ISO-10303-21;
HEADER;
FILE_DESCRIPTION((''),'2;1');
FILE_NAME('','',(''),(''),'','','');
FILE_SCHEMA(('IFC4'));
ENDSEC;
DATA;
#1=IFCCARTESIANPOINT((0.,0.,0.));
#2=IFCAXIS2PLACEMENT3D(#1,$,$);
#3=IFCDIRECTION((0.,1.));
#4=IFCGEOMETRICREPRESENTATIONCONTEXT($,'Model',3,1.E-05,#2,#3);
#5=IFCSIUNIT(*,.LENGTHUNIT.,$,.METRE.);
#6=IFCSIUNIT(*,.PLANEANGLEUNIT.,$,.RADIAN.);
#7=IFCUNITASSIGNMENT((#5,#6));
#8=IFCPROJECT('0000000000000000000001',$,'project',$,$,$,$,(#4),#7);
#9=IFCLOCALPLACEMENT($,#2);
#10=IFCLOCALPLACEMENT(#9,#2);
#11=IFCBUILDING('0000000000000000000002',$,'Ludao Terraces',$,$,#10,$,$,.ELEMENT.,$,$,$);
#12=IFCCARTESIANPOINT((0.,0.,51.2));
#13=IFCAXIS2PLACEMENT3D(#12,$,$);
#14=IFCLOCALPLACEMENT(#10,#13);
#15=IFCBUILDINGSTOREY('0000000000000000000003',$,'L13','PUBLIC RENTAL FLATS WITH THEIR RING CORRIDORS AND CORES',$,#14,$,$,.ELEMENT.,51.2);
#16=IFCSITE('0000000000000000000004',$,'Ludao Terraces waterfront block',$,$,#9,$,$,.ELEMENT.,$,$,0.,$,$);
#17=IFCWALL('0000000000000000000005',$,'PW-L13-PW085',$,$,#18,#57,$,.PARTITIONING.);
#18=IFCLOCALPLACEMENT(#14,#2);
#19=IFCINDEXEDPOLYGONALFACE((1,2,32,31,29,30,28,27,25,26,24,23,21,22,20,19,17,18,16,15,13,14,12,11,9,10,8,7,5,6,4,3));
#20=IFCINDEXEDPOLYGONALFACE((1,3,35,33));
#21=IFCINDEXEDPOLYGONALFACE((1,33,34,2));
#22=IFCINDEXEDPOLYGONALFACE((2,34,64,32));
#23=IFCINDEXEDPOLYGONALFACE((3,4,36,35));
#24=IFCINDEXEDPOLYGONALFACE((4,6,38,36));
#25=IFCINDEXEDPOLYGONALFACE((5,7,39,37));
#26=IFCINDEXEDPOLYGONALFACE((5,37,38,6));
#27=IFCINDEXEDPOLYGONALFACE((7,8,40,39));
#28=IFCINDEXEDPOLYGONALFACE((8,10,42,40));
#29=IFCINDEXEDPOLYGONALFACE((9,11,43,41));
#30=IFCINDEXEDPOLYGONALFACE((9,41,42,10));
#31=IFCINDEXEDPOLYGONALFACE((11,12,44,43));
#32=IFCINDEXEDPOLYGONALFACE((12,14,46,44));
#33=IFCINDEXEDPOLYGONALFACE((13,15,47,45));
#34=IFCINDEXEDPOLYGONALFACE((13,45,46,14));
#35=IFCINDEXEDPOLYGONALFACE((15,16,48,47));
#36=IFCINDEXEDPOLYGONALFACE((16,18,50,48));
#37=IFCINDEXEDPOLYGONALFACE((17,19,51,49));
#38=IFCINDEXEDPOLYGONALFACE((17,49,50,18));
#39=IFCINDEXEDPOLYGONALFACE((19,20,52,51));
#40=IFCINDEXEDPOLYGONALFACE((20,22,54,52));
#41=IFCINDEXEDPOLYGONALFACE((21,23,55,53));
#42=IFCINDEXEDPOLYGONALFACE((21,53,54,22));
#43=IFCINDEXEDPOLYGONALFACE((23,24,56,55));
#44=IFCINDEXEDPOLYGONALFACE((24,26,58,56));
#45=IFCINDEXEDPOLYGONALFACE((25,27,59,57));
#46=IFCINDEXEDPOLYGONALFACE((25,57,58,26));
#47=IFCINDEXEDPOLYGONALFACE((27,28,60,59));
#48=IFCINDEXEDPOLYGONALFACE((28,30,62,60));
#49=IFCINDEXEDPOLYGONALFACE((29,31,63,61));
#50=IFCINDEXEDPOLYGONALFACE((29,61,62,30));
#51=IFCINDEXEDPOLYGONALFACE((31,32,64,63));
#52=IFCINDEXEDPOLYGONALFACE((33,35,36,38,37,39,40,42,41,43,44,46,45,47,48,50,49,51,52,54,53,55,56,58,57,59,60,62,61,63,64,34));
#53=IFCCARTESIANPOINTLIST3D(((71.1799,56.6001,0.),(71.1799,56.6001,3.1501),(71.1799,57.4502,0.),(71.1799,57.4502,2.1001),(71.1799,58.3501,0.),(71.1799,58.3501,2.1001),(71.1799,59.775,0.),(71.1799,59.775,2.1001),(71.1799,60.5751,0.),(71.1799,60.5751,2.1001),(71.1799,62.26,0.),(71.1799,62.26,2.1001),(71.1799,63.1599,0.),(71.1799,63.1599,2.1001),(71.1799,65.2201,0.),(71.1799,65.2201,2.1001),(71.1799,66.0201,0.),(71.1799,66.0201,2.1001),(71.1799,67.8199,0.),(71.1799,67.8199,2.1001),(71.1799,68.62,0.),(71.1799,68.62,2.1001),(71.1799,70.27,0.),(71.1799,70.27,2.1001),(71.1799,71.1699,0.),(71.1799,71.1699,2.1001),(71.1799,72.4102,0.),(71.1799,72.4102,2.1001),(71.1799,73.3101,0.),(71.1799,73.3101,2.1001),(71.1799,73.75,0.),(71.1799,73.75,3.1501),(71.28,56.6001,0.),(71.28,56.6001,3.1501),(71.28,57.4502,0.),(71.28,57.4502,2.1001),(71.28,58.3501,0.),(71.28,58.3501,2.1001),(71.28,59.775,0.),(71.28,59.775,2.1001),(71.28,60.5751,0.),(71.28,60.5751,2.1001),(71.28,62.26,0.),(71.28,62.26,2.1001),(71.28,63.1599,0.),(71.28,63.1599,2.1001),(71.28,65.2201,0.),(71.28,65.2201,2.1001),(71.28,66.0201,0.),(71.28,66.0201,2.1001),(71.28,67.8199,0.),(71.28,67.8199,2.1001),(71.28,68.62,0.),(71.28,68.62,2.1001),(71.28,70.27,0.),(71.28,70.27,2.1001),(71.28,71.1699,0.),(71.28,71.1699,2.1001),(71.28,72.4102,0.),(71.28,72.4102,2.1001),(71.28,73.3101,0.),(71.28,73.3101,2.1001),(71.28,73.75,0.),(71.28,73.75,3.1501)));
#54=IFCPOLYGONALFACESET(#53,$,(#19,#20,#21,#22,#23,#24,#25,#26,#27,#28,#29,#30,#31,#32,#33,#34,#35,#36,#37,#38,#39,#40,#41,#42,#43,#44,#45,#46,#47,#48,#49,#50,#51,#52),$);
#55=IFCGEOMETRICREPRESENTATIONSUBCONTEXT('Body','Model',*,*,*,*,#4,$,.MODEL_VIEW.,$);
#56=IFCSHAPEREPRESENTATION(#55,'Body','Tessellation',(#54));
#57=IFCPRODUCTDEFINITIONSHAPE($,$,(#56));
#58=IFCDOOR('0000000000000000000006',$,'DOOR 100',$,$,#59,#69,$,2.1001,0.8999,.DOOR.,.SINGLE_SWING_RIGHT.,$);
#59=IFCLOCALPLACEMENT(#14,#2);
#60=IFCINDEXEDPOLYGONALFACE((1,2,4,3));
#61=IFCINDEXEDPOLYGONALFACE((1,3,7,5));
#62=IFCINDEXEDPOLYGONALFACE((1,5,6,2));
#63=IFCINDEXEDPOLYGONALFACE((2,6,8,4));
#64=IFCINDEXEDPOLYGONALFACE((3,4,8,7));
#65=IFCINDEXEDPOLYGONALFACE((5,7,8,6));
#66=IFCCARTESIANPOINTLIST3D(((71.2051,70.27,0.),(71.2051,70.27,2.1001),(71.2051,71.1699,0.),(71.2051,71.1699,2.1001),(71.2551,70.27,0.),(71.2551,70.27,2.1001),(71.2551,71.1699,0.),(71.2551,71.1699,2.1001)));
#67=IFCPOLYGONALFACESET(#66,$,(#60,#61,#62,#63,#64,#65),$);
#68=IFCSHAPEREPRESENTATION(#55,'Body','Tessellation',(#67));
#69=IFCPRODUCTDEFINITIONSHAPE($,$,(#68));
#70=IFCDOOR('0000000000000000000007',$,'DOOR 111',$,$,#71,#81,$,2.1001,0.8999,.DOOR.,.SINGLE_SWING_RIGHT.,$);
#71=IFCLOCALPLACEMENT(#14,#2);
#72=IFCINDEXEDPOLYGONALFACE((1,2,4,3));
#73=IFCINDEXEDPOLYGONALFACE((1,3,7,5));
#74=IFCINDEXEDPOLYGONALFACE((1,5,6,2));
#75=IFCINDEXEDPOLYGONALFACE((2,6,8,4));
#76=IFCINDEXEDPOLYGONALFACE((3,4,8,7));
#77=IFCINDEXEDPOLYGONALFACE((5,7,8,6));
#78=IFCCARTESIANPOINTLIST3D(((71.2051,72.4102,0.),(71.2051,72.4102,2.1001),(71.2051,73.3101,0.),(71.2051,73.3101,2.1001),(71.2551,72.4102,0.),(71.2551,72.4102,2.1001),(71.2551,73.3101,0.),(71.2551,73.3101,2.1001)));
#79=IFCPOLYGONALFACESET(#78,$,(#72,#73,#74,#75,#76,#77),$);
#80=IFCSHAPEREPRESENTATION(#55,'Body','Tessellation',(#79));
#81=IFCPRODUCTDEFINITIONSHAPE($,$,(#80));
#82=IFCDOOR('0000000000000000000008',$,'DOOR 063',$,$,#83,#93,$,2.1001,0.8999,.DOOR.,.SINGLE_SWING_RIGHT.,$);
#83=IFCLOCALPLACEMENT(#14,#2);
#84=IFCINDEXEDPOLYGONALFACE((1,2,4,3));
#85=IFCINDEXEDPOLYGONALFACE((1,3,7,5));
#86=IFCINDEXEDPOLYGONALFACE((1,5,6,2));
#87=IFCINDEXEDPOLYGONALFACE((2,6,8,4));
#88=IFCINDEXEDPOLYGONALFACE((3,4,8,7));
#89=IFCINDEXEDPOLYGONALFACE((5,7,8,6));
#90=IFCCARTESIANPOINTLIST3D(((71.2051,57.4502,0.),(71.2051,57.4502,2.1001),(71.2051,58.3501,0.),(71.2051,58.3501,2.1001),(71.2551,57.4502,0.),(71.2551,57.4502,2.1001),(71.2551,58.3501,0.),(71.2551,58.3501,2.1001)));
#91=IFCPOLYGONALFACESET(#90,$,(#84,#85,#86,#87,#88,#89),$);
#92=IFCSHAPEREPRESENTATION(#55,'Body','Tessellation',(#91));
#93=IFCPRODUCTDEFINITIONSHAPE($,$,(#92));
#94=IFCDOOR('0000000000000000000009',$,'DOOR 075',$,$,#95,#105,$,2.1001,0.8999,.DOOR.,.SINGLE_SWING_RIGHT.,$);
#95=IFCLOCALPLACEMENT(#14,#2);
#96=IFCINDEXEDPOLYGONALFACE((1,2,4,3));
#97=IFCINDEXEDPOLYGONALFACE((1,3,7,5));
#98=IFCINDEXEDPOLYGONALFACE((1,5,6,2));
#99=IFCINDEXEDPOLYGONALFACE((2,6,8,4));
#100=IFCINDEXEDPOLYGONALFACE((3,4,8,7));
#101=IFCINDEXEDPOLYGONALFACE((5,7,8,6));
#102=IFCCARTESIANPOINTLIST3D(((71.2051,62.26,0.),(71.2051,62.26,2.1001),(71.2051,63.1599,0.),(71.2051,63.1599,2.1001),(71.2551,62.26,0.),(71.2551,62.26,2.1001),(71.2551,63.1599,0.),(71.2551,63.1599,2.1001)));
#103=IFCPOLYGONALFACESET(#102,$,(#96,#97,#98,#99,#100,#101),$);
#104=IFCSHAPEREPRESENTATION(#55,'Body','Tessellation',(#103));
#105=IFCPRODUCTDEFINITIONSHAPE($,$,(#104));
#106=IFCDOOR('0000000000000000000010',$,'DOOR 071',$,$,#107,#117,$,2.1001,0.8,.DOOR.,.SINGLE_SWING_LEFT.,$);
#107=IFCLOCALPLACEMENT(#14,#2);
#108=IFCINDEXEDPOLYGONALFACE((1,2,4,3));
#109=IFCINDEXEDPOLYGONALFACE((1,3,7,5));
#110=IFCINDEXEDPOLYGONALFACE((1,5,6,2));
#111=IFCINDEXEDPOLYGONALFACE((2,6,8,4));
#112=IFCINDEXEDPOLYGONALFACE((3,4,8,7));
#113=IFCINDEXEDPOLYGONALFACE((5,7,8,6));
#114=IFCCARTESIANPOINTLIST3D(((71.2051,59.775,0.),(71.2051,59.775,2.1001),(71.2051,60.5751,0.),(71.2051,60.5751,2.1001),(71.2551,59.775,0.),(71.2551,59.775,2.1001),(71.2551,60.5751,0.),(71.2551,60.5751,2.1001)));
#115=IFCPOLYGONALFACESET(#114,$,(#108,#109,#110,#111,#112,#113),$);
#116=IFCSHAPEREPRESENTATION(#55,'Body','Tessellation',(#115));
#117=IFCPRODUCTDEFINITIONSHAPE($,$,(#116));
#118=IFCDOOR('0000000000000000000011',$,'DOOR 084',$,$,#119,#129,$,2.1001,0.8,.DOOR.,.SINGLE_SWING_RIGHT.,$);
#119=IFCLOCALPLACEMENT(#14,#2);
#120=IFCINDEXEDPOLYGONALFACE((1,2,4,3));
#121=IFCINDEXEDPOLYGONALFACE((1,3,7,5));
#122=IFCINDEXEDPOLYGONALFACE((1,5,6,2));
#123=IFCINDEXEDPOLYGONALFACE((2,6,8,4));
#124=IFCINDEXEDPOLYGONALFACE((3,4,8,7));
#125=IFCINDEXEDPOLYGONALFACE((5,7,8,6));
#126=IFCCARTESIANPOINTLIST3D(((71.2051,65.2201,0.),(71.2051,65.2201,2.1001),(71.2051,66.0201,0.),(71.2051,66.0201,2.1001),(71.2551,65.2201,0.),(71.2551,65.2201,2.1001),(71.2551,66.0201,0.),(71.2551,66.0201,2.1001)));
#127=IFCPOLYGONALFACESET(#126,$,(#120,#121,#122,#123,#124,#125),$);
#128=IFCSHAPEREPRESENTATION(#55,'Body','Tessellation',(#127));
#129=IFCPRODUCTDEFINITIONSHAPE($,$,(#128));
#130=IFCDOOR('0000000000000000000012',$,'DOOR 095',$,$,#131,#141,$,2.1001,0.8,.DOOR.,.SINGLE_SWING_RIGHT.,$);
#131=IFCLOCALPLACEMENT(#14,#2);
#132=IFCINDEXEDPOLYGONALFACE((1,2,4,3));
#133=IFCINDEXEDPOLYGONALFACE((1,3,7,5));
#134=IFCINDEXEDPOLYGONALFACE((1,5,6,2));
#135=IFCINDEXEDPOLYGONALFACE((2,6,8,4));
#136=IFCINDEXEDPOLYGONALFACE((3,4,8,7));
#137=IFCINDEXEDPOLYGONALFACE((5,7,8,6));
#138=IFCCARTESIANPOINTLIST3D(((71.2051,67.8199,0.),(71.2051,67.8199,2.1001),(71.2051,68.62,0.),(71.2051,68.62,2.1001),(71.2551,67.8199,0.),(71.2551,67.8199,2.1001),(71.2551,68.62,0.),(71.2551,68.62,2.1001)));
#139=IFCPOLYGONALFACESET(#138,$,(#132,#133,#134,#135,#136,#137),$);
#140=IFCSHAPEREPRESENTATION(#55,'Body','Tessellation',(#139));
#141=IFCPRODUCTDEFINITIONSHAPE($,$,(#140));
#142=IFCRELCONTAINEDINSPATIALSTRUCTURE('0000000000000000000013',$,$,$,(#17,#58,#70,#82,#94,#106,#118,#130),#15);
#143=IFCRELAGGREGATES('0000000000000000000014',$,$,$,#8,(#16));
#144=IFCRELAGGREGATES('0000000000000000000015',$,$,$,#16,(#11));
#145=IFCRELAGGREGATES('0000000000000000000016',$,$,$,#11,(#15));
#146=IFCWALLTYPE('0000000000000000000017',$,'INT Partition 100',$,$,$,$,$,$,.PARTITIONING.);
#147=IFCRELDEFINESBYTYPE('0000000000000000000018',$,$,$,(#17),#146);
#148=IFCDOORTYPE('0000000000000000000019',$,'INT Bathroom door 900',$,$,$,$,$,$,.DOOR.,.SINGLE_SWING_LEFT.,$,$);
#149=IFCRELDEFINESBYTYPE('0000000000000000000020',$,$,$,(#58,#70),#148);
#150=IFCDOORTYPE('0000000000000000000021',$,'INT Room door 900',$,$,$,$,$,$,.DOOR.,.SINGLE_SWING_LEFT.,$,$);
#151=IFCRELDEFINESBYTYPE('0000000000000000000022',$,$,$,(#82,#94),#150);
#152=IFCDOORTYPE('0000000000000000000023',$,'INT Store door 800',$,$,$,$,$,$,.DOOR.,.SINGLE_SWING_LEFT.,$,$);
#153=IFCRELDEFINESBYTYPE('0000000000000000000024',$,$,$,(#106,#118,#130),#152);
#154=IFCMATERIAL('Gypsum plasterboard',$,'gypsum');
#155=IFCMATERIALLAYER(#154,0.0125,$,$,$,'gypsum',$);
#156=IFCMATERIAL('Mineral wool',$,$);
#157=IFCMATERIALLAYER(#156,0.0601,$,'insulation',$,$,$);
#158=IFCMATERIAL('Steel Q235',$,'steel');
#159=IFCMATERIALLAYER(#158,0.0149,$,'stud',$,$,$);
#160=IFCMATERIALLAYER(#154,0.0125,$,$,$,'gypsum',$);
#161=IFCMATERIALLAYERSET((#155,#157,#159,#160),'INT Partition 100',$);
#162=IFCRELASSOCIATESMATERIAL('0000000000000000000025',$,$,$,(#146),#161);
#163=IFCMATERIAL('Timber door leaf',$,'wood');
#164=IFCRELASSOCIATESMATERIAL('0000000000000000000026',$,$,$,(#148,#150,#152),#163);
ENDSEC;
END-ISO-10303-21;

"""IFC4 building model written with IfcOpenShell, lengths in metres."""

from ifc_helpers import new_model, si_unit, direction, frame, frame_2d, origin, place, context, subcontext, project, spatial, rectangle, extrude, material, layer, layer_set, type_object, element, fill, save


model = new_model("IFC4")

# Units and contexts
model_context = context("Model", 3, precision=1e-05, world=origin(), true_north=direction((0.0, 1.0)))
body_context = subcontext(model_context, "Body", "Model", "MODEL_VIEW")
ifc_project = project(units=[si_unit("LENGTHUNIT", "METRE"), si_unit("PLANEANGLEUNIT", "RADIAN")], contexts=[model_context])

# Site, building, storey
site_placement = place(None, origin())
site = spatial("IfcSite", under=ifc_project, at=site_placement, Name="Ludao Terraces waterfront block", CompositionType="ELEMENT", RefElevation=0.0)
building_placement = place(site_placement, origin())
building = spatial("IfcBuilding", under=site, at=building_placement, Name="Ludao Terraces", CompositionType="ELEMENT")
storey_placement = place(building_placement, frame((0.0, 0.0, 51.2)))
storey = spatial("IfcBuildingStorey", under=building, at=storey_placement, Name="L13", Description="PUBLIC RENTAL FLATS WITH THEIR RING CORRIDORS AND CORES", CompositionType="ELEMENT", Elevation=51.2)

# Shared definitions
ifc_material_1 = material(Name="Gypsum plasterboard", Category="gypsum")
ifc_layer_1 = layer(ifc_material_1, 0.0125, Category="gypsum")
ifc_material_2 = material(Name="Mineral wool")
ifc_layer_2 = layer(ifc_material_2, 0.0601, Name="insulation")
ifc_material_3 = material(Name="Steel Q235", Category="steel")
ifc_layer_3 = layer(ifc_material_3, 0.0149, Name="stud")
ifc_layer_4 = layer(ifc_material_1, 0.0125, Category="gypsum")
ifc_layer_set = layer_set([ifc_layer_1, ifc_layer_2, ifc_layer_3, ifc_layer_4], Name="INT Partition 100")
wall_type = type_object("IfcWallType", Name="INT Partition 100", PredefinedType="PARTITIONING", material=ifc_layer_set)

# Wall, openings, doors
wall_placement = place(storey_placement, frame((71.23, 56.6001, 0.0), z_axis=(0.0, 0.0, 1.0), x_axis=(0.0, 1.0, 0.0)))
wall = element("IfcWall", 1, at=wall_placement, inside=storey, type_object=wall_type, Name="PW-L13-PW085", PredefinedType="PARTITIONING", context=body_context, shape_type="SweptSolid", body=[
    extrude(rectangle(XDim=17.1499, YDim=0.1001, at=frame_2d((8.575, 0.0))), origin(), (0.0, 0.0, 1.0), 3.1501),
])
opening_1_placement = place(wall_placement, frame((0.8501, 0.0, 0.0)))
opening_1 = element("IfcOpeningElement", 2, at=opening_1_placement, cuts=wall, PredefinedType="OPENING", context=body_context, shape_type="SweptSolid", body=[
    extrude(rectangle(XDim=0.8999, YDim=2.1001, at=frame_2d((0.45, 1.05))), frame((0.0, 0.0601, 0.0), z_axis=(0.0, -1.0, 0.0), x_axis=(1.0, 0.0, 0.0)), (0.0, 0.0, 1.0), 0.1201),
])
opening_2_placement = place(wall_placement, frame((3.175, 0.0, 0.0)))
opening_2 = element("IfcOpeningElement", 3, at=opening_2_placement, cuts=wall, PredefinedType="OPENING", context=body_context, shape_type="SweptSolid", body=[
    extrude(rectangle(XDim=0.8, YDim=2.1001, at=frame_2d((0.3999, 1.05))), frame((0.0, 0.0601, 0.0), z_axis=(0.0, -1.0, 0.0), x_axis=(1.0, 0.0, 0.0)), (0.0, 0.0, 1.0), 0.1201),
])
opening_3_placement = place(wall_placement, frame((5.6599, 0.0, 0.0)))
opening_3 = element("IfcOpeningElement", 4, at=opening_3_placement, cuts=wall, PredefinedType="OPENING", context=body_context, shape_type="SweptSolid", body=[
    extrude(rectangle(XDim=0.8999, YDim=2.1001, at=frame_2d((0.45, 1.05))), frame((0.0, 0.0601, 0.0), z_axis=(0.0, -1.0, 0.0), x_axis=(1.0, 0.0, 0.0)), (0.0, 0.0, 1.0), 0.1201),
])
opening_4_placement = place(wall_placement, frame((8.6201, 0.0, 0.0)))
opening_4 = element("IfcOpeningElement", 5, at=opening_4_placement, cuts=wall, PredefinedType="OPENING", context=body_context, shape_type="SweptSolid", body=[
    extrude(rectangle(XDim=0.8, YDim=2.1001, at=frame_2d((0.3999, 1.05))), frame((0.0, 0.0601, 0.0), z_axis=(0.0, -1.0, 0.0), x_axis=(1.0, 0.0, 0.0)), (0.0, 0.0, 1.0), 0.1201),
])
opening_5_placement = place(wall_placement, frame((11.22, 0.0, 0.0)))
opening_5 = element("IfcOpeningElement", 6, at=opening_5_placement, cuts=wall, PredefinedType="OPENING", context=body_context, shape_type="SweptSolid", body=[
    extrude(rectangle(XDim=0.8, YDim=2.1001, at=frame_2d((0.3999, 1.05))), frame((0.0, 0.0601, 0.0), z_axis=(0.0, -1.0, 0.0), x_axis=(1.0, 0.0, 0.0)), (0.0, 0.0, 1.0), 0.1201),
])
opening_6_placement = place(wall_placement, frame((13.6699, 0.0, 0.0)))
opening_6 = element("IfcOpeningElement", 7, at=opening_6_placement, cuts=wall, PredefinedType="OPENING", context=body_context, shape_type="SweptSolid", body=[
    extrude(rectangle(XDim=0.8999, YDim=2.1001, at=frame_2d((0.45, 1.05))), frame((0.0, 0.0601, 0.0), z_axis=(0.0, -1.0, 0.0), x_axis=(1.0, 0.0, 0.0)), (0.0, 0.0, 1.0), 0.1201),
])
opening_7_placement = place(wall_placement, frame((15.8101, 0.0, 0.0)))
opening_7 = element("IfcOpeningElement", 8, at=opening_7_placement, cuts=wall, PredefinedType="OPENING", context=body_context, shape_type="SweptSolid", body=[
    extrude(rectangle(XDim=0.8999, YDim=2.1001, at=frame_2d((0.45, 1.05))), frame((0.0, 0.0601, 0.0), z_axis=(0.0, -1.0, 0.0), x_axis=(1.0, 0.0, 0.0)), (0.0, 0.0, 1.0), 0.1201),
])
ifc_material_4 = material(Name="Timber door leaf", Category="wood")
door_type_1 = type_object("IfcDoorType", Name="INT Bathroom door 900", OperationType="SINGLE_SWING_LEFT", PredefinedType="DOOR", material=ifc_material_4)
door_1_placement = place(opening_6_placement, origin())
door_1 = element("IfcDoor", 9, at=door_1_placement, inside=storey, type_object=door_type_1, Name="DOOR 100", OperationType="SINGLE_SWING_RIGHT", OverallHeight=2.1001, OverallWidth=0.8999, PredefinedType="DOOR", context=body_context, shape_type="SweptSolid", body=[
    extrude(rectangle(XDim=0.8999, YDim=2.1001, at=frame_2d((0.45, 1.05))), frame((0.0, 0.0249, 0.0), z_axis=(0.0, -1.0, 0.0), x_axis=(1.0, 0.0, 0.0)), (0.0, 0.0, 1.0), 0.05),
])
fill(opening_6, door_1)
door_2_placement = place(opening_7_placement, origin())
door_2 = element("IfcDoor", 10, at=door_2_placement, inside=storey, type_object=door_type_1, Name="DOOR 111", OperationType="SINGLE_SWING_RIGHT", OverallHeight=2.1001, OverallWidth=0.8999, PredefinedType="DOOR", context=body_context, shape_type="SweptSolid", body=[
    extrude(rectangle(XDim=0.8999, YDim=2.1001, at=frame_2d((0.45, 1.05))), frame((0.0, 0.0249, 0.0), z_axis=(0.0, -1.0, 0.0), x_axis=(1.0, 0.0, 0.0)), (0.0, 0.0, 1.0), 0.05),
])
fill(opening_7, door_2)
door_type_2 = type_object("IfcDoorType", Name="INT Room door 900", OperationType="SINGLE_SWING_LEFT", PredefinedType="DOOR", material=ifc_material_4)
door_3_placement = place(opening_1_placement, origin())
door_3 = element("IfcDoor", 11, at=door_3_placement, inside=storey, type_object=door_type_2, Name="DOOR 063", OperationType="SINGLE_SWING_RIGHT", OverallHeight=2.1001, OverallWidth=0.8999, PredefinedType="DOOR", context=body_context, shape_type="SweptSolid", body=[
    extrude(rectangle(XDim=0.8999, YDim=2.1001, at=frame_2d((0.45, 1.05))), frame((0.0, 0.0249, 0.0), z_axis=(0.0, -1.0, 0.0), x_axis=(1.0, 0.0, 0.0)), (0.0, 0.0, 1.0), 0.05),
])
fill(opening_1, door_3)
door_4_placement = place(opening_3_placement, origin())
door_4 = element("IfcDoor", 12, at=door_4_placement, inside=storey, type_object=door_type_2, Name="DOOR 075", OperationType="SINGLE_SWING_RIGHT", OverallHeight=2.1001, OverallWidth=0.8999, PredefinedType="DOOR", context=body_context, shape_type="SweptSolid", body=[
    extrude(rectangle(XDim=0.8999, YDim=2.1001, at=frame_2d((0.45, 1.05))), frame((0.0, 0.0249, 0.0), z_axis=(0.0, -1.0, 0.0), x_axis=(1.0, 0.0, 0.0)), (0.0, 0.0, 1.0), 0.05),
])
fill(opening_3, door_4)
door_type_3 = type_object("IfcDoorType", Name="INT Store door 800", OperationType="SINGLE_SWING_LEFT", PredefinedType="DOOR", material=ifc_material_4)
door_5_placement = place(opening_2_placement, origin())
door_5 = element("IfcDoor", 13, at=door_5_placement, inside=storey, type_object=door_type_3, Name="DOOR 071", OperationType="SINGLE_SWING_LEFT", OverallHeight=2.1001, OverallWidth=0.8, PredefinedType="DOOR", context=body_context, shape_type="SweptSolid", body=[
    extrude(rectangle(XDim=0.8, YDim=2.1001, at=frame_2d((0.3999, 1.05))), frame((0.0, 0.0249, 0.0), z_axis=(0.0, -1.0, 0.0), x_axis=(1.0, 0.0, 0.0)), (0.0, 0.0, 1.0), 0.05),
])
fill(opening_2, door_5)
door_6_placement = place(opening_4_placement, origin())
door_6 = element("IfcDoor", 14, at=door_6_placement, inside=storey, type_object=door_type_3, Name="DOOR 084", OperationType="SINGLE_SWING_RIGHT", OverallHeight=2.1001, OverallWidth=0.8, PredefinedType="DOOR", context=body_context, shape_type="SweptSolid", body=[
    extrude(rectangle(XDim=0.8, YDim=2.1001, at=frame_2d((0.3999, 1.05))), frame((0.0, 0.0249, 0.0), z_axis=(0.0, -1.0, 0.0), x_axis=(1.0, 0.0, 0.0)), (0.0, 0.0, 1.0), 0.05),
])
fill(opening_4, door_6)
door_7_placement = place(opening_5_placement, origin())
door_7 = element("IfcDoor", 15, at=door_7_placement, inside=storey, type_object=door_type_3, Name="DOOR 095", OperationType="SINGLE_SWING_RIGHT", OverallHeight=2.1001, OverallWidth=0.8, PredefinedType="DOOR", context=body_context, shape_type="SweptSolid", body=[
    extrude(rectangle(XDim=0.8, YDim=2.1001, at=frame_2d((0.3999, 1.05))), frame((0.0, 0.0249, 0.0), z_axis=(0.0, -1.0, 0.0), x_axis=(1.0, 0.0, 0.0)), (0.0, 0.0, 1.0), 0.05),
])
fill(opening_5, door_7)

save(model, "model.ifc")
